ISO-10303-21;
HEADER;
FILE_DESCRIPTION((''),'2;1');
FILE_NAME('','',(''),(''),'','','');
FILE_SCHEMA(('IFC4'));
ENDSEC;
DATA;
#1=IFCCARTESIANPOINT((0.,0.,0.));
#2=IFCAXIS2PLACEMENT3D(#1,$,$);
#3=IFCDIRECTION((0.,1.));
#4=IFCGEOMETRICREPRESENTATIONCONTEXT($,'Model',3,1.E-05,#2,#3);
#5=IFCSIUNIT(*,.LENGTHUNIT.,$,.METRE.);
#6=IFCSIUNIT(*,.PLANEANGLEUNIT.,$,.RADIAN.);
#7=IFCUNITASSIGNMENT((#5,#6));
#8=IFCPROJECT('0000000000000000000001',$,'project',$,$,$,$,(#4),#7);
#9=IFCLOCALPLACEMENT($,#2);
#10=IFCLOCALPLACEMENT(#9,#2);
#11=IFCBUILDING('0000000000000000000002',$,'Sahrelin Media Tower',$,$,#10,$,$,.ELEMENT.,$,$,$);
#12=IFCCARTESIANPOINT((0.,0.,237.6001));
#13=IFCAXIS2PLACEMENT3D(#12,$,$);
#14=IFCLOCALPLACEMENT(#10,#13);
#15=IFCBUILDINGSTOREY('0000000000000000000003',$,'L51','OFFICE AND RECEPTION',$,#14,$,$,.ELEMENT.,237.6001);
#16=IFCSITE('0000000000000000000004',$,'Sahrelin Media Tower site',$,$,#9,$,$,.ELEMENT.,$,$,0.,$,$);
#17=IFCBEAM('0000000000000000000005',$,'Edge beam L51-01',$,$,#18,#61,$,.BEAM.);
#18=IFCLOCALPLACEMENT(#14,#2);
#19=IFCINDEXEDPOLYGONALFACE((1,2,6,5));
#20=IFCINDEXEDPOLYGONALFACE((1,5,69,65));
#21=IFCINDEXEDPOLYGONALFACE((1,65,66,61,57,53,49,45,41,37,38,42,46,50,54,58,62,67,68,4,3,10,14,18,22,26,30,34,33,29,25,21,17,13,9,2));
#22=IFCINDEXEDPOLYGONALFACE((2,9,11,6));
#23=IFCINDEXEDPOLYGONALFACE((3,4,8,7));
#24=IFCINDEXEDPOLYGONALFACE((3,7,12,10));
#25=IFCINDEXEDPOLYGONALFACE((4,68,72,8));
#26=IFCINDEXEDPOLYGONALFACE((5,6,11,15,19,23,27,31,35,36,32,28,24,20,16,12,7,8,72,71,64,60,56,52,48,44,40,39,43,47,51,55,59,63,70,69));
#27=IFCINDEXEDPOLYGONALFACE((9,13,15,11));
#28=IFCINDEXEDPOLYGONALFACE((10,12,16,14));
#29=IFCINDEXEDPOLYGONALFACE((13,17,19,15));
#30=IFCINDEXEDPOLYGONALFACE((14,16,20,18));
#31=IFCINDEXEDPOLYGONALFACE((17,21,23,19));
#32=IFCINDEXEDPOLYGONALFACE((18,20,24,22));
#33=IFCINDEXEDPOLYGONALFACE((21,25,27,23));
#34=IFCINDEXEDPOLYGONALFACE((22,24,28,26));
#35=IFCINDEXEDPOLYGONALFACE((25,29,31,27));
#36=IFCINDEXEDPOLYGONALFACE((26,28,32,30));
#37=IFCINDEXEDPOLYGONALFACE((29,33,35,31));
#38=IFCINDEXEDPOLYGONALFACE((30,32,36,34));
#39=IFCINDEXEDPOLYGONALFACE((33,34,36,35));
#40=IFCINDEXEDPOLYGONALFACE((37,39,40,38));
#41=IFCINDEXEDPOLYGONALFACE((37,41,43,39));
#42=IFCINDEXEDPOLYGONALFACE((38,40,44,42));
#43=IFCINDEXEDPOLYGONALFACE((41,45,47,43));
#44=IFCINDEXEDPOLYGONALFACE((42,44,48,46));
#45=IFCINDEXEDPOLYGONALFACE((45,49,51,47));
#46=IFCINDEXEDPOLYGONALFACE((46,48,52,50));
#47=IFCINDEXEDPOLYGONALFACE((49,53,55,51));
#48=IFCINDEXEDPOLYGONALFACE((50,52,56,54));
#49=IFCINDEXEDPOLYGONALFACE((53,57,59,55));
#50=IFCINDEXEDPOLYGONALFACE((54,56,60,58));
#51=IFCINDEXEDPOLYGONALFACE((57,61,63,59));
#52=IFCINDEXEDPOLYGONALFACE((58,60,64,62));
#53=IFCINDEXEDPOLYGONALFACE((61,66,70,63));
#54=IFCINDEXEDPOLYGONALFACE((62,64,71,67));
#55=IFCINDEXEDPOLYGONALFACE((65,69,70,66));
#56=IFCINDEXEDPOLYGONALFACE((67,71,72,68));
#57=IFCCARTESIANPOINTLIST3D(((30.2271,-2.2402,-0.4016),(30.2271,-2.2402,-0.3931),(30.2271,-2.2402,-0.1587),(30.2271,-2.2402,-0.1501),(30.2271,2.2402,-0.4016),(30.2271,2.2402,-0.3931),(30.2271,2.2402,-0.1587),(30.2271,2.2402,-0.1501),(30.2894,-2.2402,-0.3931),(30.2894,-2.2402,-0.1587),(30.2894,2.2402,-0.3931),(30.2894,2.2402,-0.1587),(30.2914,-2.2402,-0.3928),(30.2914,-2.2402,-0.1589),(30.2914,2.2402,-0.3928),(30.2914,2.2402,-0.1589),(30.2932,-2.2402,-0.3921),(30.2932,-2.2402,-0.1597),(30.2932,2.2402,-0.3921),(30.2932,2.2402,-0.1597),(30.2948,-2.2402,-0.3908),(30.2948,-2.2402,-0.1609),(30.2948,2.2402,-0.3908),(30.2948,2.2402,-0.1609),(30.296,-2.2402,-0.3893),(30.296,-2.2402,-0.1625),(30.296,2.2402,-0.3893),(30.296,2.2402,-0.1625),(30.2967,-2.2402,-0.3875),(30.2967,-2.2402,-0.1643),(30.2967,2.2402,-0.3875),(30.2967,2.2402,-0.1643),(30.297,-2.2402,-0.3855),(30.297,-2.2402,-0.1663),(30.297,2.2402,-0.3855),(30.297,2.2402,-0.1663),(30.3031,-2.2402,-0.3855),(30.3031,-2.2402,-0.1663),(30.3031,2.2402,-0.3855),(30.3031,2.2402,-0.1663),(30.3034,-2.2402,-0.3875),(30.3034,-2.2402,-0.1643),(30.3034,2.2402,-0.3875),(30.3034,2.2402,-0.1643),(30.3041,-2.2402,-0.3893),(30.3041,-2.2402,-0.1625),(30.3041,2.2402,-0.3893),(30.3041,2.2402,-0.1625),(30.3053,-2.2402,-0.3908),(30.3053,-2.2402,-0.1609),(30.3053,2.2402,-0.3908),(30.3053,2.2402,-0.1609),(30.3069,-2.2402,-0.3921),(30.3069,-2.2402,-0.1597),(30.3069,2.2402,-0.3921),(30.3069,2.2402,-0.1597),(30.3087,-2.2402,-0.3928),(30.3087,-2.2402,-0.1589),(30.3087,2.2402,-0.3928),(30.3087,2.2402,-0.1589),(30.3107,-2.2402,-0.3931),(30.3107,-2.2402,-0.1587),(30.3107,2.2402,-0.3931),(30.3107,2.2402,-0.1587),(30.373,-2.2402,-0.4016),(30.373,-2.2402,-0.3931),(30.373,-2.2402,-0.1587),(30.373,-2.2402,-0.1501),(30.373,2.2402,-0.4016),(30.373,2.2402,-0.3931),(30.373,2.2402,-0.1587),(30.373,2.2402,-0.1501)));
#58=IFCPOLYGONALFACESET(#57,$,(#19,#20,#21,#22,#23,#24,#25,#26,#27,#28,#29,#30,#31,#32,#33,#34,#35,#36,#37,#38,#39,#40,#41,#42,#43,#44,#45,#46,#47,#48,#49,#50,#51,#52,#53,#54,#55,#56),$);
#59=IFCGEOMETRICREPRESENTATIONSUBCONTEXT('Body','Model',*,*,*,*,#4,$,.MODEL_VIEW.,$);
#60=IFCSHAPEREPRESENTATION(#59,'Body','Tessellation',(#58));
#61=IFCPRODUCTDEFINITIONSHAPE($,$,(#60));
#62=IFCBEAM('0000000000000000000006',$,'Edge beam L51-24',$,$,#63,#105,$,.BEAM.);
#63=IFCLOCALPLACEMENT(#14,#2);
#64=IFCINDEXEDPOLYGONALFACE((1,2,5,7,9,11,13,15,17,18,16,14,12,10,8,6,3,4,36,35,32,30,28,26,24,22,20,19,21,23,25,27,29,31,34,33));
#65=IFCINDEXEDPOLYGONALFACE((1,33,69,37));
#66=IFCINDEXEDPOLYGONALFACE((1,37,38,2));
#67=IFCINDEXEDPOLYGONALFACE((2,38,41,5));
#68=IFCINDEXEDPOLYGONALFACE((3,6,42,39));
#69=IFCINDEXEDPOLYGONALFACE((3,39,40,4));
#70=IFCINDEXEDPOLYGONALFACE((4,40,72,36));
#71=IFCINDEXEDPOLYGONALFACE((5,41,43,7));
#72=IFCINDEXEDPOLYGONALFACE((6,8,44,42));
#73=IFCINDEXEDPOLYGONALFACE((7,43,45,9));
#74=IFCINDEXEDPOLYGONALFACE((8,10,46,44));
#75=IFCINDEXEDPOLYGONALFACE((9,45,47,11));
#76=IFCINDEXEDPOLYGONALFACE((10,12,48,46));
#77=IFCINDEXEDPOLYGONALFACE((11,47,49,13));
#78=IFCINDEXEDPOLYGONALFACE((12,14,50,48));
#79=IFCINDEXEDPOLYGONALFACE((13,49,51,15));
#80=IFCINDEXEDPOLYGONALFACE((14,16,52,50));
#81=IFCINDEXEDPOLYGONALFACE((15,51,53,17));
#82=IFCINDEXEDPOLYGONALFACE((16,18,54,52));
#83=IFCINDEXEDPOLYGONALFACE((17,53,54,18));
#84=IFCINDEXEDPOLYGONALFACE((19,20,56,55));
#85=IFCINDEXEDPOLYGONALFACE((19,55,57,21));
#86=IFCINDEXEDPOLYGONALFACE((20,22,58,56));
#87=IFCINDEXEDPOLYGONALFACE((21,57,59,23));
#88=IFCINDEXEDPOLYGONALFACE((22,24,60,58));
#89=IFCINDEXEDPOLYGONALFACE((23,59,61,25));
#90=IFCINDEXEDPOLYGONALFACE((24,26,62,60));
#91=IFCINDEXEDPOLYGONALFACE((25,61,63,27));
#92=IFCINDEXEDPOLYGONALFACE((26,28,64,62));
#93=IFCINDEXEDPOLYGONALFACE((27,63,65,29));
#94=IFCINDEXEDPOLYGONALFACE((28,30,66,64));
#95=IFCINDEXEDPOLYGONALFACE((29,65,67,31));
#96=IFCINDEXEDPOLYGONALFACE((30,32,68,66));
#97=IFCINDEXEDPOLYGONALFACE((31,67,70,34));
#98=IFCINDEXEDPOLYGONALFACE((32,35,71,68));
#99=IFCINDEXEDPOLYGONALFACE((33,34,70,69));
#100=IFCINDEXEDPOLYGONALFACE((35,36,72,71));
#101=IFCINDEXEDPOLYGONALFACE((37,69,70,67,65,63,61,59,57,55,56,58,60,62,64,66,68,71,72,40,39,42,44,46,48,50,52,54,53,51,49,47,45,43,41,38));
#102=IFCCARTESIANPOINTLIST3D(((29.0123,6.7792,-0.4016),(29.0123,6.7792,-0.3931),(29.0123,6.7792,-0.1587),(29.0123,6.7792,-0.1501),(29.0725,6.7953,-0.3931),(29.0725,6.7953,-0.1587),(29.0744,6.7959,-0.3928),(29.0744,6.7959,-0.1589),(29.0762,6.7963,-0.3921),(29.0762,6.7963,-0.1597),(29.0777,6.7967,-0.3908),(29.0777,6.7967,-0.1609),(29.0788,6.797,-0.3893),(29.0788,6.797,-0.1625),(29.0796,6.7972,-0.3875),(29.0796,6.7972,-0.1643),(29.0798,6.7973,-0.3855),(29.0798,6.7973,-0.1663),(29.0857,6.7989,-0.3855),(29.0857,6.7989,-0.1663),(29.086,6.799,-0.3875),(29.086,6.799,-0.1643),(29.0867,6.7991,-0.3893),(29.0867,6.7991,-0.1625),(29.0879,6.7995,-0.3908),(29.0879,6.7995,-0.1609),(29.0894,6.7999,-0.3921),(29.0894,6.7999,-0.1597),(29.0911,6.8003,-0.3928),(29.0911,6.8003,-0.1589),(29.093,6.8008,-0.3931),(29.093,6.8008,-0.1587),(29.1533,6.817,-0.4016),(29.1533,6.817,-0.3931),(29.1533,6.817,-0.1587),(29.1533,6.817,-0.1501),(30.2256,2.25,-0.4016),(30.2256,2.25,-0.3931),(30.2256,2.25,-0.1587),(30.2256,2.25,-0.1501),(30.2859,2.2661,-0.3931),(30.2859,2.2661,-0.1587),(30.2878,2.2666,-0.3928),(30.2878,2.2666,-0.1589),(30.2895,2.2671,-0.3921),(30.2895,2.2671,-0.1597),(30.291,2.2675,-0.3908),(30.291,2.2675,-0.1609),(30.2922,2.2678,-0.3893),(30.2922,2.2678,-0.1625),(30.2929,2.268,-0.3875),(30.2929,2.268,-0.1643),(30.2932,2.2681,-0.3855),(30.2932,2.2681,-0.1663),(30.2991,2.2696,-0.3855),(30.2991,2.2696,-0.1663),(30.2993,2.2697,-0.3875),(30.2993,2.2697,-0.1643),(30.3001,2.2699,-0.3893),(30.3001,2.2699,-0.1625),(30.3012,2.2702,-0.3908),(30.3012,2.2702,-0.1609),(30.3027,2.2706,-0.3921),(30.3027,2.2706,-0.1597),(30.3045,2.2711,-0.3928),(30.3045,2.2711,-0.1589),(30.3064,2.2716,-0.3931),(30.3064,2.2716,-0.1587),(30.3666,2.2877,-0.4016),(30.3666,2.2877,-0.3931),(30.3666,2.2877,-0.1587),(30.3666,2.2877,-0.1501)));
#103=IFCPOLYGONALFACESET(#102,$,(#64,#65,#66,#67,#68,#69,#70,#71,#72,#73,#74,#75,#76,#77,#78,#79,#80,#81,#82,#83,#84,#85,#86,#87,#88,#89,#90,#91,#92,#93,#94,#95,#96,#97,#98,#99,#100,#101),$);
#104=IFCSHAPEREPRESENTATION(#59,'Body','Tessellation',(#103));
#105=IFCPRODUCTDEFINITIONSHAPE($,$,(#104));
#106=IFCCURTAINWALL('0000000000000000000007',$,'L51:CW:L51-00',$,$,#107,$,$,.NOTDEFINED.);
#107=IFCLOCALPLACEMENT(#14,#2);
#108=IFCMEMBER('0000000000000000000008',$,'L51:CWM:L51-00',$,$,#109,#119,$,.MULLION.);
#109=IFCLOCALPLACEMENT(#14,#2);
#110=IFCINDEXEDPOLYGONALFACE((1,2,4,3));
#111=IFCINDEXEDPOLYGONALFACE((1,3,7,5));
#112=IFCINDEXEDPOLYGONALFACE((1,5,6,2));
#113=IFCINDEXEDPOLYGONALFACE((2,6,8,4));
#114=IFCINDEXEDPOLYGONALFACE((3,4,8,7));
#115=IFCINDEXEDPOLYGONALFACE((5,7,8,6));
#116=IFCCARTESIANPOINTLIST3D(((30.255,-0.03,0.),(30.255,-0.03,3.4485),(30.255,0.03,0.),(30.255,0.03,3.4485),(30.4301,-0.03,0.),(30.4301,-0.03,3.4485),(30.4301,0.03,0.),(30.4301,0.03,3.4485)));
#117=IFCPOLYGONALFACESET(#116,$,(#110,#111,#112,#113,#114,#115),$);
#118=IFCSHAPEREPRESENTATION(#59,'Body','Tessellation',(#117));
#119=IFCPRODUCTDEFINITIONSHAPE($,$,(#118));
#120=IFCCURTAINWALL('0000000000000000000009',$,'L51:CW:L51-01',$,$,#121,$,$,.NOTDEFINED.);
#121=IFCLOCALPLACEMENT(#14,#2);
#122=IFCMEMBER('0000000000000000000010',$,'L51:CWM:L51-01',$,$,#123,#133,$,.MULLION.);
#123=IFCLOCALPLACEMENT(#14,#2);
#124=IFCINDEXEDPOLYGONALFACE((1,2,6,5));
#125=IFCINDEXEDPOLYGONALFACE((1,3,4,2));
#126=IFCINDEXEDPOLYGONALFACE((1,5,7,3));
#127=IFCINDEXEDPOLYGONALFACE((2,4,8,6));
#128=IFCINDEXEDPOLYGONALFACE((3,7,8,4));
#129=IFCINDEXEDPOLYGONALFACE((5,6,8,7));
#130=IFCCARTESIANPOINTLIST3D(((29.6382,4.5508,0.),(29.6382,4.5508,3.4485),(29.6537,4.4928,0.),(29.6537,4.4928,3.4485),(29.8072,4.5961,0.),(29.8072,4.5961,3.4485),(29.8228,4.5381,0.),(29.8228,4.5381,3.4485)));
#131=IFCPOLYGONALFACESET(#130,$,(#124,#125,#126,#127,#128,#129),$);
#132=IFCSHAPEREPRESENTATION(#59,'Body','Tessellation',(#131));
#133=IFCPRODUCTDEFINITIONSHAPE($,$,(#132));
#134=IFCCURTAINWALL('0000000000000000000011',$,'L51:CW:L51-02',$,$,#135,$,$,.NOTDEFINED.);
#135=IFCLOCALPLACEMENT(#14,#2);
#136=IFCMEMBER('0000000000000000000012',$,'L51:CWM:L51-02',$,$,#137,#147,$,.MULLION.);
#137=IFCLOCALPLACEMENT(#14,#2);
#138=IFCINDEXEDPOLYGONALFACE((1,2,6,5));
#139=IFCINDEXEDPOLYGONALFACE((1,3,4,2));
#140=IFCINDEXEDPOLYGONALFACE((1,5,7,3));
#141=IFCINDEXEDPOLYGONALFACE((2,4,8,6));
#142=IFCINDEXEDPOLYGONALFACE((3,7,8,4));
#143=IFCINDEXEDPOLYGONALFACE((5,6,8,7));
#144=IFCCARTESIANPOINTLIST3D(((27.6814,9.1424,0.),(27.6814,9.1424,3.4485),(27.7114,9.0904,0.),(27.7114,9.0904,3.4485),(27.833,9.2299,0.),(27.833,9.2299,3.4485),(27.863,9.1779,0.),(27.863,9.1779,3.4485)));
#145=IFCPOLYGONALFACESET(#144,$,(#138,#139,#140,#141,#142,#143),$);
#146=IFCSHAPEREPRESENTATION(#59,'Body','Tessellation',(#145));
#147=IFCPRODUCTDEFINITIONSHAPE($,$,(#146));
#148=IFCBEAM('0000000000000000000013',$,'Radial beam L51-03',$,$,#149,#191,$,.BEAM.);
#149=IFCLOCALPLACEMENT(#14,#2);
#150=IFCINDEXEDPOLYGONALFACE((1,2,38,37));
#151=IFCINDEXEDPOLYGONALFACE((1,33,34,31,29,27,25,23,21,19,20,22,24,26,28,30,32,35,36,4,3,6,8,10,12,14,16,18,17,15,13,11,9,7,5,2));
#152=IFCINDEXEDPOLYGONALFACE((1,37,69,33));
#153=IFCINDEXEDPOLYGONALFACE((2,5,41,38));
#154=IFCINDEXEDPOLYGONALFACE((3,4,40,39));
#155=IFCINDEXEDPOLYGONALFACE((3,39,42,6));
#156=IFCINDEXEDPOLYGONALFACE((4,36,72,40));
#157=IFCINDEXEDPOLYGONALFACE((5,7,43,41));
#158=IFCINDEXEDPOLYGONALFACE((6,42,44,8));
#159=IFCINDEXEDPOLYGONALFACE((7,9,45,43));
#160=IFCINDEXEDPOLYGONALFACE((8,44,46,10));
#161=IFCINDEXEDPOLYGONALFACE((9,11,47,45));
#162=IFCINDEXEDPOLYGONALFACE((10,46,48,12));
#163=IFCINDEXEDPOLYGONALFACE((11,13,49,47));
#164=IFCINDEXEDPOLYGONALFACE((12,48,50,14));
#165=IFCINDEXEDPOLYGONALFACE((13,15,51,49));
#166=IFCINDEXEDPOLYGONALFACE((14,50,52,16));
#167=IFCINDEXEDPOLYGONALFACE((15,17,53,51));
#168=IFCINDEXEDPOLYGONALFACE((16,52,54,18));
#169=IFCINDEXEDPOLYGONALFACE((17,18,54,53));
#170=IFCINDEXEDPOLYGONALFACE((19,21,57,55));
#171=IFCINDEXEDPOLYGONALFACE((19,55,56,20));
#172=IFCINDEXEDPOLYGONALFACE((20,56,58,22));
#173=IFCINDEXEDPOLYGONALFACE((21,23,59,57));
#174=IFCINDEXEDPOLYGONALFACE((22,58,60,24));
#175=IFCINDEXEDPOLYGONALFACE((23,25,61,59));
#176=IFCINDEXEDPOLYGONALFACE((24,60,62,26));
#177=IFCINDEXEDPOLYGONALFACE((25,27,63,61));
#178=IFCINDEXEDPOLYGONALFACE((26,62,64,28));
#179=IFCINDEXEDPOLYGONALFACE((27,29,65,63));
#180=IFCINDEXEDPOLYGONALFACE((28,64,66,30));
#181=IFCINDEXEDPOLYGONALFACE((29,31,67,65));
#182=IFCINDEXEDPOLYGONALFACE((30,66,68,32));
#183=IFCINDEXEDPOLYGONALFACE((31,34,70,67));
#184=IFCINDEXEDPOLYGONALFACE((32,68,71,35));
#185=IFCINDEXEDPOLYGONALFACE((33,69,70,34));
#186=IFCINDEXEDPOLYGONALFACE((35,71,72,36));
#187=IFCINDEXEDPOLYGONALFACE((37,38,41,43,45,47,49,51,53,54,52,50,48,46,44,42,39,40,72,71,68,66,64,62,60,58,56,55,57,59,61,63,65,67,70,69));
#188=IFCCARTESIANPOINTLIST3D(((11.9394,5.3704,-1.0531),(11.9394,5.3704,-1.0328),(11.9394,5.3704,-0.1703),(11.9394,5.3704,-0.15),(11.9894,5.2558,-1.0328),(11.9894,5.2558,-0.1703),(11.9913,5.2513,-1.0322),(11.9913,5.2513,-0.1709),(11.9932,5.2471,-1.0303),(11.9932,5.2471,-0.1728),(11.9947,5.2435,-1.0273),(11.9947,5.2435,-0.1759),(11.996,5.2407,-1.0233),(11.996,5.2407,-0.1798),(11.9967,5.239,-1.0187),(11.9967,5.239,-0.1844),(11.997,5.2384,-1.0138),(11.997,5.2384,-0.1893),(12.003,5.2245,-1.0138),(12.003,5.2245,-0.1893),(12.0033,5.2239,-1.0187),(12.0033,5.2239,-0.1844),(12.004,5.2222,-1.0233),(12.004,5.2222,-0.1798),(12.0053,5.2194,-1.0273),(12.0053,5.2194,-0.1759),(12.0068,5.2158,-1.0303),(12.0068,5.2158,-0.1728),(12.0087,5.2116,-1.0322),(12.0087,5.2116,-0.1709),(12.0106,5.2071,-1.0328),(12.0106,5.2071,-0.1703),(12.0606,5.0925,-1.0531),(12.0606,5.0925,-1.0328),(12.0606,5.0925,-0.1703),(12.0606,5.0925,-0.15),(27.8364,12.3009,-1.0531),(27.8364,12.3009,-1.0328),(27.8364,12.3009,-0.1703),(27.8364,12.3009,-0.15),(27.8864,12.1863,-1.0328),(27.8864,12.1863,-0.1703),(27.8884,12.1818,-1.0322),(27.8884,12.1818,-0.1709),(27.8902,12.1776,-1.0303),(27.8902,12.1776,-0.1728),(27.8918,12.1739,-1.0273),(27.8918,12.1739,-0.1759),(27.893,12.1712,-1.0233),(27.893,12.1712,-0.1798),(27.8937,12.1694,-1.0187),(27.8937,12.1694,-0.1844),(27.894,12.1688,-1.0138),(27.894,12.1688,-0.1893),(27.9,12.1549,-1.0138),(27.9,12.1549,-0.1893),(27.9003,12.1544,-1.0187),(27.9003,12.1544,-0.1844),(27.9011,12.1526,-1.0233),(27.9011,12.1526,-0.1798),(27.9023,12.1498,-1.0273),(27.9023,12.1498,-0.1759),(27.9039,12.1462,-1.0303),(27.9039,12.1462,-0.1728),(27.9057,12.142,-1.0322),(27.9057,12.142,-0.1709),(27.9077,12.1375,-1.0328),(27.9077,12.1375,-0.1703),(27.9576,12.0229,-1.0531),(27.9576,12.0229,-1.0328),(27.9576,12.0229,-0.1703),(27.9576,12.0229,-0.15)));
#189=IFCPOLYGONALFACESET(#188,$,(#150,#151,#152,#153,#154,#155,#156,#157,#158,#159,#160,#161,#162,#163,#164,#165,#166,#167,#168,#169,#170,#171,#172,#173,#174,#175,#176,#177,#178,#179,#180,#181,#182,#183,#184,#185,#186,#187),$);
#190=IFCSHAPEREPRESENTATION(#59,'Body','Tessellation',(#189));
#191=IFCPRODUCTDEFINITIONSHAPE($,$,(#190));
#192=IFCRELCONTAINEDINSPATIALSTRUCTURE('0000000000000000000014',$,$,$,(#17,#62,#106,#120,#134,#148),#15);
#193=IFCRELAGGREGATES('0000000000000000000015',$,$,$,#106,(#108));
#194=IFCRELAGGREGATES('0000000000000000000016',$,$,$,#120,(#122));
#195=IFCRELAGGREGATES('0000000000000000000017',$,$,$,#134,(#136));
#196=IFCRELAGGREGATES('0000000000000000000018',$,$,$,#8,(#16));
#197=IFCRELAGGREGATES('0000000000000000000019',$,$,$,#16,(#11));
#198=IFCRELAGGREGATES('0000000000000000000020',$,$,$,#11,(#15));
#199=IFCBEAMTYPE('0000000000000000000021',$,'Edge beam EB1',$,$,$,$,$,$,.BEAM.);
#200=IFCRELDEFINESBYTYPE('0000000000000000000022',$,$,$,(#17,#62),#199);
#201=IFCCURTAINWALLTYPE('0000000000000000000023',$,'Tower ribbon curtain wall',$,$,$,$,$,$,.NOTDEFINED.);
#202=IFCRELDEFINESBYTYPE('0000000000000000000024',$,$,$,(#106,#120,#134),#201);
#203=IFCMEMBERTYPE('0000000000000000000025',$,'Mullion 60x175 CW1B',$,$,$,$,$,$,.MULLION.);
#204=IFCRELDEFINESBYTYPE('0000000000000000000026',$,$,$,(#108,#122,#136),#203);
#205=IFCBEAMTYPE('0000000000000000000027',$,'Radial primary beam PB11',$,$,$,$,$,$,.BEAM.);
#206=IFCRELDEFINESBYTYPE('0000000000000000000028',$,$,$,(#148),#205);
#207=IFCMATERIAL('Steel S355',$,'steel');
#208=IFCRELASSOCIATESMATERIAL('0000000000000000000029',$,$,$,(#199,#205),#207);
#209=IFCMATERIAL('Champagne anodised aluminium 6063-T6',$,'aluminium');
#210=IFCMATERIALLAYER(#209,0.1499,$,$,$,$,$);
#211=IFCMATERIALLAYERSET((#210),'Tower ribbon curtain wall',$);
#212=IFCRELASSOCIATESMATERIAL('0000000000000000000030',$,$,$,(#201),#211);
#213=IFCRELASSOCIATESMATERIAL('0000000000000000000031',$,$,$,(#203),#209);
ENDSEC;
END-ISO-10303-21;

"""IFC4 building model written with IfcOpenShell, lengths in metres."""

from ifc_helpers import new_model, si_unit, direction, frame, origin, origin_2d, place, context, subcontext, project, spatial, rectangle, i_section, extrude, material, layer, layer_set, material_profile, profile_set, type_object, element, aggregate, save


model = new_model("IFC4")

# Units and contexts
model_context = context("Model", 3, precision=1e-05, world=origin(), true_north=direction((0.0, 1.0)))
body_context = subcontext(model_context, "Body", "Model", "MODEL_VIEW")
ifc_project = project(units=[si_unit("LENGTHUNIT", "METRE"), si_unit("PLANEANGLEUNIT", "RADIAN")], contexts=[model_context])

# Site, building, storey
site_placement = place(None, origin())
site = spatial("IfcSite", under=ifc_project, at=site_placement, Name="Sahrelin Media Tower site", CompositionType="ELEMENT", RefElevation=0.0)
building_placement = place(site_placement, origin())
building = spatial("IfcBuilding", under=site, at=building_placement, Name="Sahrelin Media Tower", CompositionType="ELEMENT")
storey_placement = place(building_placement, frame((0.0, 0.0, 237.6001)))
storey = spatial("IfcBuildingStorey", under=building, at=storey_placement, Name="L51", Description="OFFICE AND RECEPTION", CompositionType="ELEMENT", Elevation=237.6001)

# Beams
ifc_material_1 = material(Name="Steel S355", Category="steel")
ifc_material_profile_1 = material_profile(ifc_material_1, i_section(OverallWidth=0.146, OverallDepth=0.2515, WebThickness=0.0061, FlangeThickness=0.0085, FilletRadius=0.0076, at=origin_2d()), Name="UB 254x146x31")
ifc_profile_set_1 = profile_set([ifc_material_profile_1], Name="Steel S355")
beam_type_1 = type_object("IfcBeamType", Name="Edge beam EB1", PredefinedType="BEAM", material=ifc_profile_set_1)
beam_1_placement = place(storey_placement, frame((30.3, 2.2402, -0.2759), z_axis=(0.0, -1.0, 0.0), x_axis=(1.0, 0.0, 0.0)))
element("IfcBeam", 1, at=beam_1_placement, inside=storey, type_object=beam_type_1, Name="Edge beam L51-01", PredefinedType="BEAM", context=body_context, shape_type="SweptSolid", body=[
    extrude(i_section(OverallWidth=0.146, OverallDepth=0.2515, WebThickness=0.0061, FlangeThickness=0.0085, FilletRadius=0.0076, at=origin_2d()), origin(), (0.0, 0.0, 1.0), 4.4805),
])
beam_2_placement = place(storey_placement, frame((29.0828, 6.7981, -0.2759), z_axis=(0.258771, -0.965939, 0.0), x_axis=(0.965939, 0.258771, 0.0)))
element("IfcBeam", 2, at=beam_2_placement, inside=storey, type_object=beam_type_1, Name="Edge beam L51-24", PredefinedType="BEAM", context=body_context, shape_type="SweptSolid", body=[
    extrude(i_section(OverallWidth=0.146, OverallDepth=0.2515, WebThickness=0.0061, FlangeThickness=0.0085, FilletRadius=0.0076, at=origin_2d()), origin(), (0.0, 0.0, 1.0), 4.689),
])

# Curtain walls, members
ifc_material_2 = material(Name="Champagne anodised aluminium 6063-T6", Category="aluminium")
ifc_layer_1 = layer(ifc_material_2, 0.1499)
ifc_layer_set_1 = layer_set([ifc_layer_1], Name="Tower ribbon curtain wall")
curtain_wall_type = type_object("IfcCurtainWallType", Name="Tower ribbon curtain wall", PredefinedType="NOTDEFINED", material=ifc_layer_set_1)
curtain_wall_1_placement = place(storey_placement, frame((30.45, 0.0, 0.0), z_axis=(0.0, 0.0, 1.0), x_axis=(1.0, 0.0, 0.0)))
curtain_wall_1 = element("IfcCurtainWall", 3, at=curtain_wall_1_placement, inside=storey, type_object=curtain_wall_type, Name="L51:CW:L51-00", PredefinedType="NOTDEFINED")
ifc_material_profile_2 = material_profile(ifc_material_2, rectangle(XDim=0.0601, YDim=0.175, at=origin_2d()), Name="Mullion 60x175")
ifc_profile_set_2 = profile_set([ifc_material_profile_2], Name="Champagne anodised aluminium 6063-T6")
member_type_1 = type_object("IfcMemberType", Name="Mullion 60x175 CW1B", PredefinedType="MULLION", material=ifc_profile_set_2)
member_1_placement = place(storey_placement, frame((30.3425, 0.0, 0.0), z_axis=(0.0, 0.0, 1.0), x_axis=(0.0, 1.0, 0.0)))
member_1 = element("IfcMember", 4, at=member_1_placement, type_object=member_type_1, Name="L51:CWM:L51-00", PredefinedType="MULLION", context=body_context, shape_type="SweptSolid", body=[
    extrude(rectangle(XDim=0.0601, YDim=0.175, at=origin_2d()), origin(), (0.0, 0.0, 1.0), 3.4485),
])
aggregate(curtain_wall_1, [member_1])
curtain_wall_2_placement = place(storey_placement, frame((29.8342, 4.5723, 0.0), z_axis=(0.0, 0.0, 1.0), x_axis=(1.0, 0.0, 0.0)))
curtain_wall_2 = element("IfcCurtainWall", 5, at=curtain_wall_2_placement, inside=storey, type_object=curtain_wall_type, Name="L51:CW:L51-01", PredefinedType="NOTDEFINED")
member_2_placement = place(storey_placement, frame((29.7305, 4.5444, 0.0), z_axis=(0.0, 0.0, 1.0), x_axis=(-0.258812, 0.965928, 0.0)))
member_2 = element("IfcMember", 6, at=member_2_placement, type_object=member_type_1, Name="L51:CWM:L51-01", PredefinedType="MULLION", context=body_context, shape_type="SweptSolid", body=[
    extrude(rectangle(XDim=0.0601, YDim=0.175, at=origin_2d()), origin(), (0.0, 0.0, 1.0), 3.4485),
])
curtain_wall_3_placement = place(storey_placement, frame((27.8652, 9.2141, 0.0), z_axis=(0.0, 0.0, 1.0), x_axis=(1.0, 0.0, 0.0)))
curtain_wall_3 = element("IfcCurtainWall", 7, at=curtain_wall_3_placement, inside=storey, type_object=curtain_wall_type, Name="L51:CW:L51-02", PredefinedType="NOTDEFINED")
member_3_placement = place(storey_placement, frame((27.7722, 9.1602, 0.0), z_axis=(0.0, 0.0, 1.0), x_axis=(-0.500009, 0.86602, 0.0)))
member_3 = element("IfcMember", 8, at=member_3_placement, type_object=member_type_1, Name="L51:CWM:L51-02", PredefinedType="MULLION", context=body_context, shape_type="SweptSolid", body=[
    extrude(rectangle(XDim=0.0601, YDim=0.175, at=origin_2d()), origin(), (0.0, 0.0, 1.0), 3.4485),
])

# Beam
ifc_material_profile_3 = material_profile(ifc_material_1, i_section(OverallWidth=0.3032, OverallDepth=0.9031, WebThickness=0.0151, FlangeThickness=0.0203, FilletRadius=0.019, at=origin_2d()), Name="UB 914x305x201")
ifc_profile_set_3 = profile_set([ifc_material_profile_3], Name="Steel S355")
beam_type_2 = type_object("IfcBeamType", Name="Radial primary beam PB11", PredefinedType="BEAM", material=ifc_profile_set_3)
beam_3_placement = place(storey_placement, frame((12.0, 5.2314, -0.6016), z_axis=(0.916675, 0.399632, 0.0), x_axis=(-0.399632, 0.916675, 0.0)))
element("IfcBeam", 9, at=beam_3_placement, inside=storey, type_object=beam_type_2, Name="Radial beam L51-03", PredefinedType="BEAM", context=body_context, shape_type="SweptSolid", body=[
    extrude(i_section(OverallWidth=0.3032, OverallDepth=0.9031, WebThickness=0.0151, FlangeThickness=0.0203, FilletRadius=0.019, at=origin_2d()), origin(), (0.0, 0.0, 1.0), 17.342),
])

aggregate(curtain_wall_2, [member_2])
aggregate(curtain_wall_3, [member_3])

save(model, "model.ifc")
